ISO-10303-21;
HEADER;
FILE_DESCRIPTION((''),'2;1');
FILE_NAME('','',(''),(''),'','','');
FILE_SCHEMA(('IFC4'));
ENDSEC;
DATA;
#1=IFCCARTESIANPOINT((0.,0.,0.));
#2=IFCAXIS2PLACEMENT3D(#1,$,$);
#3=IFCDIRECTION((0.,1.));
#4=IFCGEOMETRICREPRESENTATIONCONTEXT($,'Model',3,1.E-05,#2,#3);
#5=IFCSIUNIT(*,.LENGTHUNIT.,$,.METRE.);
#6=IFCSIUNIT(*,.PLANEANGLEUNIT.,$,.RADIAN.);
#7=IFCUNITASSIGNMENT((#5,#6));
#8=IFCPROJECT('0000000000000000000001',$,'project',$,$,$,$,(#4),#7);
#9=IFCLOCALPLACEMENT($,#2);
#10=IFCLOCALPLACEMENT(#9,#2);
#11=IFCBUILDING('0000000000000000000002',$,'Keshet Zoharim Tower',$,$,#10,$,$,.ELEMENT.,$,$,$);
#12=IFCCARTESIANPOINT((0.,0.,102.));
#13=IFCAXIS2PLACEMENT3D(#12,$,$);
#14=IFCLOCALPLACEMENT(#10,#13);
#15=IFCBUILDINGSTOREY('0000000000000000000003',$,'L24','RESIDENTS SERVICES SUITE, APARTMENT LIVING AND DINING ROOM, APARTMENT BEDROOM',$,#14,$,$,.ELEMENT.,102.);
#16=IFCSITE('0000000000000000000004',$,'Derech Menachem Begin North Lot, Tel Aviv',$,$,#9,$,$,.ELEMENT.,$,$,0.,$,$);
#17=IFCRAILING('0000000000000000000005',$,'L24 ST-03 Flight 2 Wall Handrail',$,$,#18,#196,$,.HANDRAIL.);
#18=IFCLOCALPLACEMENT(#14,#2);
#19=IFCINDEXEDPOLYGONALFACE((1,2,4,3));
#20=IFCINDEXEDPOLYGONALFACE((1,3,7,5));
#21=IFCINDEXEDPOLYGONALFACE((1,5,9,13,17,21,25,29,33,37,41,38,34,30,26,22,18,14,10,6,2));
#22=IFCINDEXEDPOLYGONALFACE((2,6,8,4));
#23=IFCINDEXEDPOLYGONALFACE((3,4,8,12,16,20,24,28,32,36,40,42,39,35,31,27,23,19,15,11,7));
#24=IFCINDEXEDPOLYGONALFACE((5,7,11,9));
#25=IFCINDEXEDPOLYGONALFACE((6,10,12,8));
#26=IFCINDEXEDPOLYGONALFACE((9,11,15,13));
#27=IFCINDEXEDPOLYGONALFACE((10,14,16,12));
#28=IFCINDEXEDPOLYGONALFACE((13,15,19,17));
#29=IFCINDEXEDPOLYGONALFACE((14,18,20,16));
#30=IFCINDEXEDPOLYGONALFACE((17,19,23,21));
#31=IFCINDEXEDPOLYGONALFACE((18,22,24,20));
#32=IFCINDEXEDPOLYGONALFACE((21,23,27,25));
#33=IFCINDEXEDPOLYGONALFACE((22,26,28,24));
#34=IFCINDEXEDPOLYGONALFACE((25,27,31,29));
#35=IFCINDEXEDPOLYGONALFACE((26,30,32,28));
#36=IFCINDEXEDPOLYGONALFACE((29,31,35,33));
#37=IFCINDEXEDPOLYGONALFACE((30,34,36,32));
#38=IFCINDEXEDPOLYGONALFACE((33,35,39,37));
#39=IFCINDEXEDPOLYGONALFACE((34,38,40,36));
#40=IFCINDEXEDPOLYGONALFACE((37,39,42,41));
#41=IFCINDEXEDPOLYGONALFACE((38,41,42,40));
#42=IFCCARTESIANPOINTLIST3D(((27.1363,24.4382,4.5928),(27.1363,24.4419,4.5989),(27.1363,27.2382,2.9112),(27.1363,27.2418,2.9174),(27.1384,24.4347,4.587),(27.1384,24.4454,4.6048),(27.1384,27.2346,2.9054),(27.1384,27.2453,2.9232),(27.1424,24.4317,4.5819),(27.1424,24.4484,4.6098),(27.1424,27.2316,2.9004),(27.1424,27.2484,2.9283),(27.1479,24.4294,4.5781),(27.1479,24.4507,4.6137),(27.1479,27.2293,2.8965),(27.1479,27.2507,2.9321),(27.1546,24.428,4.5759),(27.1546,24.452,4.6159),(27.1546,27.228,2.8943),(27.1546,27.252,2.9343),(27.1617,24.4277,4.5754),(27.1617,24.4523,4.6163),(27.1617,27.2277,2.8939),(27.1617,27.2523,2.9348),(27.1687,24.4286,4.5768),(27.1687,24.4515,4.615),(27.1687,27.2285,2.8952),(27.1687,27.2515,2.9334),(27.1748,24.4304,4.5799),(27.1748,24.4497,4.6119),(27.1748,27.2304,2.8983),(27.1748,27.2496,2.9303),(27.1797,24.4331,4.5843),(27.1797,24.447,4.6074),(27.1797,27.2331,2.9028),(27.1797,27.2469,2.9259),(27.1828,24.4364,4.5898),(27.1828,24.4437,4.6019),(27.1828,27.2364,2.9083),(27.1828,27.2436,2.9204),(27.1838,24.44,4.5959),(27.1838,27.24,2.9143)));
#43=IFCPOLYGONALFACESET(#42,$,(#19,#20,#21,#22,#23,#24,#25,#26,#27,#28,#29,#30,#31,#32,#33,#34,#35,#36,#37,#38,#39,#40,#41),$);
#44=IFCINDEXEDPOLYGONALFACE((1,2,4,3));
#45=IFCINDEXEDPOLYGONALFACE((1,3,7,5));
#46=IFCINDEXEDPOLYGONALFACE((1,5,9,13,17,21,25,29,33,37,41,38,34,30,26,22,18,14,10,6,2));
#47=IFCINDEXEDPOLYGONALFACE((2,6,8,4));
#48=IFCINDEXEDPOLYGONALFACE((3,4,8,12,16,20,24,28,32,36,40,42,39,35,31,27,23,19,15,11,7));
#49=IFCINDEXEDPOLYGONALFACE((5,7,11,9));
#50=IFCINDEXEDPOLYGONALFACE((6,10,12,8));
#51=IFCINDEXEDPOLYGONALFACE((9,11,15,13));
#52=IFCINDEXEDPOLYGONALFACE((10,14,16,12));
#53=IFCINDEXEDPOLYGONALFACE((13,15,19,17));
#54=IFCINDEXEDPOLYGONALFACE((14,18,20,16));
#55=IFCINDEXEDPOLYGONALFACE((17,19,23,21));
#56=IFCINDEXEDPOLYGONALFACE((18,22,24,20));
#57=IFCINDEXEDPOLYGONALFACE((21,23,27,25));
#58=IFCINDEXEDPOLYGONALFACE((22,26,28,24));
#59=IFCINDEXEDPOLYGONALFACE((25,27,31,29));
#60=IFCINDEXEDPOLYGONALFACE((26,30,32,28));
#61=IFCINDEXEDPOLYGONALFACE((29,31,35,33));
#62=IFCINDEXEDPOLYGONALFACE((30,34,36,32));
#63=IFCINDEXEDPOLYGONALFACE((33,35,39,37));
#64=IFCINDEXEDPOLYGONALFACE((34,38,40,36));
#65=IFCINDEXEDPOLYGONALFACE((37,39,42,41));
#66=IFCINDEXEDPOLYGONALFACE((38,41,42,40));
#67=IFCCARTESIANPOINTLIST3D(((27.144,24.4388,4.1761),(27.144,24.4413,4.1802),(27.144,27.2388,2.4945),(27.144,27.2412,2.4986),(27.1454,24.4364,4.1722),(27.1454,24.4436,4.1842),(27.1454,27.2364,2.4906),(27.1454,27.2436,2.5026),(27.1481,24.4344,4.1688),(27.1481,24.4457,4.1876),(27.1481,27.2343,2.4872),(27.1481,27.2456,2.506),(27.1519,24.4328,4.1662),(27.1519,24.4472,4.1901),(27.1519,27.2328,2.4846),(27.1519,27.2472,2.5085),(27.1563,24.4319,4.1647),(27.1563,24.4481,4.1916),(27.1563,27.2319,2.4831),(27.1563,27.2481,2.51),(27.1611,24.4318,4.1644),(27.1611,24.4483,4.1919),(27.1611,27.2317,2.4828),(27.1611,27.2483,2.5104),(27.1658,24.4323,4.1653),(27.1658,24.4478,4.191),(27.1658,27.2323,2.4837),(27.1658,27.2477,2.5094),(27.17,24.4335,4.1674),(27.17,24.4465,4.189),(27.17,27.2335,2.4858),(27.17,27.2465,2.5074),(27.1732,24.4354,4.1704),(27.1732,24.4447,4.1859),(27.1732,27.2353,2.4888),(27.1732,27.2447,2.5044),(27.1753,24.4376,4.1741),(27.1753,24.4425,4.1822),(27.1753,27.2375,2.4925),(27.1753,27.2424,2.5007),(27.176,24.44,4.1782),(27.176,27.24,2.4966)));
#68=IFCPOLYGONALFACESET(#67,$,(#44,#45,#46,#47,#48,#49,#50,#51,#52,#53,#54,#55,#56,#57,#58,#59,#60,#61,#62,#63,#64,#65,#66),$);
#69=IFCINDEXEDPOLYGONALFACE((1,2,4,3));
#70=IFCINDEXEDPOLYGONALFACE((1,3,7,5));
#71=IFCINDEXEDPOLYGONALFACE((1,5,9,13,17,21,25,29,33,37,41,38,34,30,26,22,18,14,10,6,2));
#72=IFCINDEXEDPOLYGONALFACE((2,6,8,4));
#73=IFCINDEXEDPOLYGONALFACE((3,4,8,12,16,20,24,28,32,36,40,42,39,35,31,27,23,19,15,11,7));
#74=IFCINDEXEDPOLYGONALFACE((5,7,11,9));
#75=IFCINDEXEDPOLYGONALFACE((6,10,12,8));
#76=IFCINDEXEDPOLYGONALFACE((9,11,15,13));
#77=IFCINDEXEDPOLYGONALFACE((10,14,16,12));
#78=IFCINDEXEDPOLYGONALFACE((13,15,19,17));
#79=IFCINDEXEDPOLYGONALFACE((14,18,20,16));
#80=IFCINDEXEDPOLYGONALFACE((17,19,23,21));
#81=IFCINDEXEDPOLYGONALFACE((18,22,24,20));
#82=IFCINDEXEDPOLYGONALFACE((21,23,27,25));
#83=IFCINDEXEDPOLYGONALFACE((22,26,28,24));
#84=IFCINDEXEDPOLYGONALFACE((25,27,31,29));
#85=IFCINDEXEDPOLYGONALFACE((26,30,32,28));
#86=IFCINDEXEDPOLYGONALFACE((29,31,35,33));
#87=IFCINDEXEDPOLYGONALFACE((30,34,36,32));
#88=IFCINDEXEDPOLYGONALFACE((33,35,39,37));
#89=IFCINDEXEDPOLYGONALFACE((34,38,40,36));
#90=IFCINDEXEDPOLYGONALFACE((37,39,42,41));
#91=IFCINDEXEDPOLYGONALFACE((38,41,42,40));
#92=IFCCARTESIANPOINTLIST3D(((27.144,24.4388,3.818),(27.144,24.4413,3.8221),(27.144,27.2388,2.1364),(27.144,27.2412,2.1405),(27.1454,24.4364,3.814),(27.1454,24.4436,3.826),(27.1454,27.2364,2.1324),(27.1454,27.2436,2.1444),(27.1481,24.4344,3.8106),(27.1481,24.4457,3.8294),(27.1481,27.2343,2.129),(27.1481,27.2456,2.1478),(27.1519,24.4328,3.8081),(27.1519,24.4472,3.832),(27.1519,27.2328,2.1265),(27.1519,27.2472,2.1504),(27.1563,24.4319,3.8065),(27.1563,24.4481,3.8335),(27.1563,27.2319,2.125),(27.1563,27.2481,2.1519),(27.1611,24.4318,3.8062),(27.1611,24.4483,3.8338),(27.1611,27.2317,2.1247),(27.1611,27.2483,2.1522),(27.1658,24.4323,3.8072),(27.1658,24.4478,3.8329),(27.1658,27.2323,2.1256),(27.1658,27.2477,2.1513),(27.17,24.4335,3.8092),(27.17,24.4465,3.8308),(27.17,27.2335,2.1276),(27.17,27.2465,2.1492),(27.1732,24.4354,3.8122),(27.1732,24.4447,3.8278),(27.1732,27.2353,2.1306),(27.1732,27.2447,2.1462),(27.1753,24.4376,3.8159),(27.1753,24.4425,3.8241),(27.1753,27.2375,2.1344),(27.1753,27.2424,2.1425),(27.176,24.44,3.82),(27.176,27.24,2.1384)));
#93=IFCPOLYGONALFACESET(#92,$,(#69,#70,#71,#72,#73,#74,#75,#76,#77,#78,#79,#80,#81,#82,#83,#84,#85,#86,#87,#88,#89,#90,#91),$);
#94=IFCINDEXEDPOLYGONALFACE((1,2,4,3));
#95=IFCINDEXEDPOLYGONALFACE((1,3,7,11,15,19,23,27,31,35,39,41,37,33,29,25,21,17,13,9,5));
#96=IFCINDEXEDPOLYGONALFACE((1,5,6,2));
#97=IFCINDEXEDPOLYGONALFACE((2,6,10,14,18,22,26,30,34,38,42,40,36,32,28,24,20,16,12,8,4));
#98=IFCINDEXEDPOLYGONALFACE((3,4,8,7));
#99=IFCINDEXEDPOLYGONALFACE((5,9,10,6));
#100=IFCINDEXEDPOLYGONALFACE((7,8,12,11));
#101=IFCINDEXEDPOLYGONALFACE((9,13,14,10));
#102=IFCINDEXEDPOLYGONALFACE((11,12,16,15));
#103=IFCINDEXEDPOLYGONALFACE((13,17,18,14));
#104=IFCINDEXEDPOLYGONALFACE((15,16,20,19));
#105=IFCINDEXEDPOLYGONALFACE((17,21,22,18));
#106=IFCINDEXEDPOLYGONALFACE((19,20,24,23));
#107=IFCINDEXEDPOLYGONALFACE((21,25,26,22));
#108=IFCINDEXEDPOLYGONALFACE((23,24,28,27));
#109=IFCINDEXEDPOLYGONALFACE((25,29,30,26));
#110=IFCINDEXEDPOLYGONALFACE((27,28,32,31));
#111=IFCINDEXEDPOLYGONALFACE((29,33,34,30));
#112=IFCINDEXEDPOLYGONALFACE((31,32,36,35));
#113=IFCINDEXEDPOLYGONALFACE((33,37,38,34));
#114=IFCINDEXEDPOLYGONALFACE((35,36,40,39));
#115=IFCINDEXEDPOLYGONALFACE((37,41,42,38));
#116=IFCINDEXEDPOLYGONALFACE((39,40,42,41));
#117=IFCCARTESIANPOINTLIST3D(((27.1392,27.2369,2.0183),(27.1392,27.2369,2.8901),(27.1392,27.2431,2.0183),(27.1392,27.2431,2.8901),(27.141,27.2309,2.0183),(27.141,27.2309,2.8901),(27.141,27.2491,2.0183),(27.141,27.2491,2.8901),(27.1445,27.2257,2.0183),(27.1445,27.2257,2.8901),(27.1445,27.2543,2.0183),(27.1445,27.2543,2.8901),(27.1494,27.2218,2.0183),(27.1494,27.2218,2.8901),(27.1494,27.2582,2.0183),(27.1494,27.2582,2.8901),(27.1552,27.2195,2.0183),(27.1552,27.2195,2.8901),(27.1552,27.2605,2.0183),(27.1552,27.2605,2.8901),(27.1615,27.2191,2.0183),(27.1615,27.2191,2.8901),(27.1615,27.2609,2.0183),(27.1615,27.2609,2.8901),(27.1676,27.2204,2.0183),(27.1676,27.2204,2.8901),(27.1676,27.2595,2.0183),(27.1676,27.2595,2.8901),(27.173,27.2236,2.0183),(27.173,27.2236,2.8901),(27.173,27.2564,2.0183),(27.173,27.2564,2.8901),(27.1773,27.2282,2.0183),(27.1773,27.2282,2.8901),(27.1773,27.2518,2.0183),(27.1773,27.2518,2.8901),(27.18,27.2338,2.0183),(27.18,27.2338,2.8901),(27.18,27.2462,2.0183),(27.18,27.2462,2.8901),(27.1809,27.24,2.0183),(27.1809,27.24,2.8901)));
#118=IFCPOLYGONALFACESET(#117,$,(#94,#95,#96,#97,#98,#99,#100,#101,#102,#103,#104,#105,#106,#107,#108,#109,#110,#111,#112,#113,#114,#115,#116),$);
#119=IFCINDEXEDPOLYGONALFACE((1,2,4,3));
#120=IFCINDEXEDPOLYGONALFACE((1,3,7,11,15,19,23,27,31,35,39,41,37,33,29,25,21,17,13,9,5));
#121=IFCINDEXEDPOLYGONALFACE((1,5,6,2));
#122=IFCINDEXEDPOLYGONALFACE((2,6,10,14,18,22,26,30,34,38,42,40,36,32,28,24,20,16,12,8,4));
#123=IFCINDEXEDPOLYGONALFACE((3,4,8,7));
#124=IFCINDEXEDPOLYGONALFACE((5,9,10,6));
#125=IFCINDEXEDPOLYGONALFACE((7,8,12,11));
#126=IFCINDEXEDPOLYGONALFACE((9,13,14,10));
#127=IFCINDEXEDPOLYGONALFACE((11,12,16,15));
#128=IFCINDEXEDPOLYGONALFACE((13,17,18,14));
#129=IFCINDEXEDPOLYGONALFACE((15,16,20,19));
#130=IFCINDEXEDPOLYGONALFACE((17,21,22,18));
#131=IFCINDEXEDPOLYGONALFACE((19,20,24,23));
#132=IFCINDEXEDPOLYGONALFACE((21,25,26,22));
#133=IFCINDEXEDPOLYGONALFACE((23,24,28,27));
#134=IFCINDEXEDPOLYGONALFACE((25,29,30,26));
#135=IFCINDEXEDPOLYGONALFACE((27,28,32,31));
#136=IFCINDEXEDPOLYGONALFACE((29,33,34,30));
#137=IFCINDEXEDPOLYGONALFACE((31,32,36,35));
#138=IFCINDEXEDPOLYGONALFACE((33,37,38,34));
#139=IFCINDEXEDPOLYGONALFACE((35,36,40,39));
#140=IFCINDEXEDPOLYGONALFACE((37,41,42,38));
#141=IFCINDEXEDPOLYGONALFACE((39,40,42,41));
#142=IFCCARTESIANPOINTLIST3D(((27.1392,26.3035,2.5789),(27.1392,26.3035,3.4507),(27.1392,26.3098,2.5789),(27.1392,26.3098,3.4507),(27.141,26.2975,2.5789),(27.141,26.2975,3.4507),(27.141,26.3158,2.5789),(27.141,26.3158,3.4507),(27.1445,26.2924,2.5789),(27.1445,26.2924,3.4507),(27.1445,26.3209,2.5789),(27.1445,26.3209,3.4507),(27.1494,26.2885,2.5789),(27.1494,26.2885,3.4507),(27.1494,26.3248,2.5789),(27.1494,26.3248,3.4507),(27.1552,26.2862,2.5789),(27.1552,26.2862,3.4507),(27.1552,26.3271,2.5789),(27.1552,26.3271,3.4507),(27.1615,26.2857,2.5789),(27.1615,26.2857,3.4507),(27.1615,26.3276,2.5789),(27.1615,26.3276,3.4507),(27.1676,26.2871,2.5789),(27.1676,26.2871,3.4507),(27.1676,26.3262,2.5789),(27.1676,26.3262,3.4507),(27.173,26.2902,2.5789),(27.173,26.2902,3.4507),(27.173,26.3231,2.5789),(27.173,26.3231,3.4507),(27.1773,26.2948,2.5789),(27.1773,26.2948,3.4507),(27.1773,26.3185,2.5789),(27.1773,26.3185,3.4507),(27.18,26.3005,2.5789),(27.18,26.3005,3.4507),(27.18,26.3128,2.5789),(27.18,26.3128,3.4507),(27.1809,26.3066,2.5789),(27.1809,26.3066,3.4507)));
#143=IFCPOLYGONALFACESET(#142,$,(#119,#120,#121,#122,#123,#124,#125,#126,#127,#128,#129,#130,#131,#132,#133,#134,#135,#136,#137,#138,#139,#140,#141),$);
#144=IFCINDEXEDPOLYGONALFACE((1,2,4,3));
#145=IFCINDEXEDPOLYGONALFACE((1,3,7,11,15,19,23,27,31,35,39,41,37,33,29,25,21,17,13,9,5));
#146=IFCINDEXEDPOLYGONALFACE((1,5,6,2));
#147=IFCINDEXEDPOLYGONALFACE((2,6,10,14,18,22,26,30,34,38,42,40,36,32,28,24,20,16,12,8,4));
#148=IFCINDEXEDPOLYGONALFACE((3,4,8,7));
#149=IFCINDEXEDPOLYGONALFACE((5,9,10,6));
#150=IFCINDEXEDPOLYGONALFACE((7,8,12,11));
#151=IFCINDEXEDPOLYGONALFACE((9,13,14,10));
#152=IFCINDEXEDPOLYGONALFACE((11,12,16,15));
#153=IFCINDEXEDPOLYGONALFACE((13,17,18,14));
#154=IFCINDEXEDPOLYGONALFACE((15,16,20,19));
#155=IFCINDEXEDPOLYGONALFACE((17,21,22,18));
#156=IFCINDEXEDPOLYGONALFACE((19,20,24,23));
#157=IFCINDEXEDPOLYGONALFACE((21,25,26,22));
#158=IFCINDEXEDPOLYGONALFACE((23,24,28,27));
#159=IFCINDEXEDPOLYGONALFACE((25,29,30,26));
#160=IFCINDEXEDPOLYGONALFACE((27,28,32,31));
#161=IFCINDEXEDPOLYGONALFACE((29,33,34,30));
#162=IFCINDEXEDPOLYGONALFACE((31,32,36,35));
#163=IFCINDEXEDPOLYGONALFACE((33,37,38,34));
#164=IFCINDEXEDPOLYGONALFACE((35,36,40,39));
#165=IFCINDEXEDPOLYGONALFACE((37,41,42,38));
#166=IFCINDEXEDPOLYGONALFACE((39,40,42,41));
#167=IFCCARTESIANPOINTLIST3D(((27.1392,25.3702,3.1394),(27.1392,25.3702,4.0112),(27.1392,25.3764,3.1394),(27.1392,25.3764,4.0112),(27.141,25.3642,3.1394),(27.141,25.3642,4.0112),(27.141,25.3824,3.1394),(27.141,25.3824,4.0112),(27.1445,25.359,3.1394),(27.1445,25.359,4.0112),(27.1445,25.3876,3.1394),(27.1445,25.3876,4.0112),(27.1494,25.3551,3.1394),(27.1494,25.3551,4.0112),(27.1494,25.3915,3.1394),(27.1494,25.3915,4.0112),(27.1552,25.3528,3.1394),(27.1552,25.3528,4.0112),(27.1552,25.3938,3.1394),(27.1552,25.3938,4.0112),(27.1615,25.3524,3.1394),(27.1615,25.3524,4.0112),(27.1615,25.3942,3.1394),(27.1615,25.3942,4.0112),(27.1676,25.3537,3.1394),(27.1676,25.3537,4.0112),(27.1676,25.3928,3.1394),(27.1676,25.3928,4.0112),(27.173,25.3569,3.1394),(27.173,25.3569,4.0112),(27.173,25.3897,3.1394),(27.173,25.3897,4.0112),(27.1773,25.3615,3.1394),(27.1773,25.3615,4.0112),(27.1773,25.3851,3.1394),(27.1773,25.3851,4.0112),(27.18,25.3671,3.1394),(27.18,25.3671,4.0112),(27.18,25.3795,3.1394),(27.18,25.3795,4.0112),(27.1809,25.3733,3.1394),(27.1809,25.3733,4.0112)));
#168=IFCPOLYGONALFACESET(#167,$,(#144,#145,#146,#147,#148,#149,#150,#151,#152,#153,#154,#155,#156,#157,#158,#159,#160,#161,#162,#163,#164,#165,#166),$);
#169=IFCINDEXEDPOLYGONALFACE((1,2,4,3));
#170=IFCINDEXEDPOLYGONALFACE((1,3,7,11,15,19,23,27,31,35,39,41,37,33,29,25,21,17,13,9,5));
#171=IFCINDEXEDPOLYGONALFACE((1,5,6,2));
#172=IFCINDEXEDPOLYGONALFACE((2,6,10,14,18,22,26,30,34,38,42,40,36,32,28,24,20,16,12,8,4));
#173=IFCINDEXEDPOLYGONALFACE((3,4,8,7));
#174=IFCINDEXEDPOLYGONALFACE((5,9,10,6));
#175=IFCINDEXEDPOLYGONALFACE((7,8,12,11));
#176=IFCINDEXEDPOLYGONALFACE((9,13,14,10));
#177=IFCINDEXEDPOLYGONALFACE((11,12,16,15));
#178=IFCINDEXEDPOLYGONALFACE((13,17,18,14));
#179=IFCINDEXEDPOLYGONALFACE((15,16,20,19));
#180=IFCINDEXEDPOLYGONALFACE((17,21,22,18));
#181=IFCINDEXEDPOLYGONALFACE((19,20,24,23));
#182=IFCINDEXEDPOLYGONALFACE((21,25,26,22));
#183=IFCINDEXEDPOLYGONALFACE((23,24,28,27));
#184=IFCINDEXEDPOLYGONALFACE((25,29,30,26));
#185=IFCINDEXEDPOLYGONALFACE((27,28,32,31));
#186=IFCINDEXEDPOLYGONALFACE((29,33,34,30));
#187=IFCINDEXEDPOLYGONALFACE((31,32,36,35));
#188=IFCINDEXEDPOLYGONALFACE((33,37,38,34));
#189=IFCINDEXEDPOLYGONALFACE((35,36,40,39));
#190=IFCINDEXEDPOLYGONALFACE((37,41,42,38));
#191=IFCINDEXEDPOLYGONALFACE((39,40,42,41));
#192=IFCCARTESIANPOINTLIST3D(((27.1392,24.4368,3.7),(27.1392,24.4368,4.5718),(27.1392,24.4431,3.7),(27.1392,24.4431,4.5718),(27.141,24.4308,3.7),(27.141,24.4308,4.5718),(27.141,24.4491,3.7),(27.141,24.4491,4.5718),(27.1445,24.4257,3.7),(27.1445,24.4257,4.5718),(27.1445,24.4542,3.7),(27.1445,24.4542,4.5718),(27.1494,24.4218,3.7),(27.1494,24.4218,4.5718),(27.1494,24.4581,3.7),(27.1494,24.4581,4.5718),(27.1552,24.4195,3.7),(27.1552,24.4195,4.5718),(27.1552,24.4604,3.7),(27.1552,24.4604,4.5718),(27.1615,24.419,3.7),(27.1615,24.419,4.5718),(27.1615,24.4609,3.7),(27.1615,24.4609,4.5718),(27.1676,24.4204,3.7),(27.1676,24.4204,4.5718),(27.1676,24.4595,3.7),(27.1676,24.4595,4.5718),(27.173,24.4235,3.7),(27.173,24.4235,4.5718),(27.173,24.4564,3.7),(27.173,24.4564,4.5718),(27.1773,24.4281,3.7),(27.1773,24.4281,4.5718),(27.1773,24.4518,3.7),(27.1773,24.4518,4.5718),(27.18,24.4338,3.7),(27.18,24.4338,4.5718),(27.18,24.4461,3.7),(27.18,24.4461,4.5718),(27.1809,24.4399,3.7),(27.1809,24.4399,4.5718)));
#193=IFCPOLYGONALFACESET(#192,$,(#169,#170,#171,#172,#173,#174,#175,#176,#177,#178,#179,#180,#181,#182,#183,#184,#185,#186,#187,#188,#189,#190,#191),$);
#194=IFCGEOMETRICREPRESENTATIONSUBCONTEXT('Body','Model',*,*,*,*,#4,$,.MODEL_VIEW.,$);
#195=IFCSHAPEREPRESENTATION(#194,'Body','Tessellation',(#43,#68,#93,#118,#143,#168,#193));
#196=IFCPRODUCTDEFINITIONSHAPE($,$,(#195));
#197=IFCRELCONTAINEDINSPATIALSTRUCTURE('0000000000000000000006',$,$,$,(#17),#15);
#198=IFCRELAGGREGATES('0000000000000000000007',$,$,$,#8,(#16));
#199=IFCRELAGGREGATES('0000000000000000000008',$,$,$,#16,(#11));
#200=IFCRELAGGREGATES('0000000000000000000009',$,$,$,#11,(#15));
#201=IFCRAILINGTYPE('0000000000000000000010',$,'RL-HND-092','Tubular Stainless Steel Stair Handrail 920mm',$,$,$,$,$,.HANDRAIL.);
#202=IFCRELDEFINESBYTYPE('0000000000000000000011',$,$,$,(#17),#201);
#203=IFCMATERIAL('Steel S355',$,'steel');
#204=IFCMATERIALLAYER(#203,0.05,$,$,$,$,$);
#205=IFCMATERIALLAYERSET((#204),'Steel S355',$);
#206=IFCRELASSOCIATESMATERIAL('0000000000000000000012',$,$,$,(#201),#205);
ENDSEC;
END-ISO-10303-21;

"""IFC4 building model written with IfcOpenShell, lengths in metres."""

from ifc_helpers import new_model, si_unit, direction, frame, origin, origin_2d, place, context, subcontext, project, spatial, circle, extrude, material, layer, layer_set, type_object, element, save


model = new_model("IFC4")

# Units and contexts
model_context = context("Model", 3, precision=1e-05, world=origin(), true_north=direction((0.0, 1.0)))
body_context = subcontext(model_context, "Body", "Model", "MODEL_VIEW")
ifc_project = project(units=[si_unit("LENGTHUNIT", "METRE"), si_unit("PLANEANGLEUNIT", "RADIAN")], contexts=[model_context])

# Site, building, storey
site_placement = place(None, origin())
site = spatial("IfcSite", under=ifc_project, at=site_placement, Name="Derech Menachem Begin North Lot, Tel Aviv", CompositionType="ELEMENT", RefElevation=0.0)
building_placement = place(site_placement, origin())
building = spatial("IfcBuilding", under=site, at=building_placement, Name="Keshet Zoharim Tower", CompositionType="ELEMENT")
storey_placement = place(building_placement, frame((0.0, 0.0, 102.0)))
storey = spatial("IfcBuildingStorey", under=building, at=storey_placement, Name="L24", Description="RESIDENTS SERVICES SUITE, APARTMENT LIVING AND DINING ROOM, APARTMENT BEDROOM", CompositionType="ELEMENT", Elevation=102.0)

# Shared definitions
ifc_material_1 = material(Name="Steel S355", Category="steel")

# Railing
ifc_layer_1 = layer(ifc_material_1, 0.05)
ifc_layer_set_1 = layer_set([ifc_layer_1], Name="Steel S355")
railing_type_1 = type_object("IfcRailingType", Name="RL-HND-092", Description="Tubular Stainless Steel Stair Handrail 920mm", PredefinedType="HANDRAIL", material=ifc_layer_set_1)
railing_1_placement = place(storey_placement, frame((27.1599, 27.24, 2.0183)))
element("IfcRailing", 1, at=railing_1_placement, inside=storey, type_object=railing_type_1, Name="L24 ST-03 Flight 2 Wall Handrail", PredefinedType="HANDRAIL", context=body_context, shape_type="SweptSolid", body=[
    extrude(circle(Radius=0.0239, at=origin_2d()), frame((0.0, 0.0, 0.896), z_axis=(0.0, -0.857275, 0.514858), x_axis=(1.0, 0.0, 0.0)), (0.0, 0.0, 1.0), 3.2661),
    extrude(circle(Radius=0.0161, at=origin_2d()), frame((0.0, 0.0, 0.4783), z_axis=(0.0, -0.857275, 0.514858), x_axis=(1.0, 0.0, 0.0)), (0.0, 0.0, 1.0), 3.2661),
    extrude(circle(Radius=0.0161, at=origin_2d()), frame((0.0, 0.0, 0.1201), z_axis=(0.0, -0.857275, 0.514858), x_axis=(1.0, 0.0, 0.0)), (0.0, 0.0, 1.0), 3.2661),
    extrude(circle(Radius=0.021, at=origin_2d()), origin(), (0.0, 0.0, 1.0), 0.8718),
    extrude(circle(Radius=0.021, at=origin_2d()), frame((0.0, -0.9333, 0.5605)), (0.0, 0.0, 1.0), 0.8718),
    extrude(circle(Radius=0.021, at=origin_2d()), frame((0.0, -1.8667, 1.1211)), (0.0, 0.0, 1.0), 0.8718),
    extrude(circle(Radius=0.021, at=origin_2d()), frame((0.0, -2.8, 1.6816)), (0.0, 0.0, 1.0), 0.8718),
])

save(model, "model.ifc")
